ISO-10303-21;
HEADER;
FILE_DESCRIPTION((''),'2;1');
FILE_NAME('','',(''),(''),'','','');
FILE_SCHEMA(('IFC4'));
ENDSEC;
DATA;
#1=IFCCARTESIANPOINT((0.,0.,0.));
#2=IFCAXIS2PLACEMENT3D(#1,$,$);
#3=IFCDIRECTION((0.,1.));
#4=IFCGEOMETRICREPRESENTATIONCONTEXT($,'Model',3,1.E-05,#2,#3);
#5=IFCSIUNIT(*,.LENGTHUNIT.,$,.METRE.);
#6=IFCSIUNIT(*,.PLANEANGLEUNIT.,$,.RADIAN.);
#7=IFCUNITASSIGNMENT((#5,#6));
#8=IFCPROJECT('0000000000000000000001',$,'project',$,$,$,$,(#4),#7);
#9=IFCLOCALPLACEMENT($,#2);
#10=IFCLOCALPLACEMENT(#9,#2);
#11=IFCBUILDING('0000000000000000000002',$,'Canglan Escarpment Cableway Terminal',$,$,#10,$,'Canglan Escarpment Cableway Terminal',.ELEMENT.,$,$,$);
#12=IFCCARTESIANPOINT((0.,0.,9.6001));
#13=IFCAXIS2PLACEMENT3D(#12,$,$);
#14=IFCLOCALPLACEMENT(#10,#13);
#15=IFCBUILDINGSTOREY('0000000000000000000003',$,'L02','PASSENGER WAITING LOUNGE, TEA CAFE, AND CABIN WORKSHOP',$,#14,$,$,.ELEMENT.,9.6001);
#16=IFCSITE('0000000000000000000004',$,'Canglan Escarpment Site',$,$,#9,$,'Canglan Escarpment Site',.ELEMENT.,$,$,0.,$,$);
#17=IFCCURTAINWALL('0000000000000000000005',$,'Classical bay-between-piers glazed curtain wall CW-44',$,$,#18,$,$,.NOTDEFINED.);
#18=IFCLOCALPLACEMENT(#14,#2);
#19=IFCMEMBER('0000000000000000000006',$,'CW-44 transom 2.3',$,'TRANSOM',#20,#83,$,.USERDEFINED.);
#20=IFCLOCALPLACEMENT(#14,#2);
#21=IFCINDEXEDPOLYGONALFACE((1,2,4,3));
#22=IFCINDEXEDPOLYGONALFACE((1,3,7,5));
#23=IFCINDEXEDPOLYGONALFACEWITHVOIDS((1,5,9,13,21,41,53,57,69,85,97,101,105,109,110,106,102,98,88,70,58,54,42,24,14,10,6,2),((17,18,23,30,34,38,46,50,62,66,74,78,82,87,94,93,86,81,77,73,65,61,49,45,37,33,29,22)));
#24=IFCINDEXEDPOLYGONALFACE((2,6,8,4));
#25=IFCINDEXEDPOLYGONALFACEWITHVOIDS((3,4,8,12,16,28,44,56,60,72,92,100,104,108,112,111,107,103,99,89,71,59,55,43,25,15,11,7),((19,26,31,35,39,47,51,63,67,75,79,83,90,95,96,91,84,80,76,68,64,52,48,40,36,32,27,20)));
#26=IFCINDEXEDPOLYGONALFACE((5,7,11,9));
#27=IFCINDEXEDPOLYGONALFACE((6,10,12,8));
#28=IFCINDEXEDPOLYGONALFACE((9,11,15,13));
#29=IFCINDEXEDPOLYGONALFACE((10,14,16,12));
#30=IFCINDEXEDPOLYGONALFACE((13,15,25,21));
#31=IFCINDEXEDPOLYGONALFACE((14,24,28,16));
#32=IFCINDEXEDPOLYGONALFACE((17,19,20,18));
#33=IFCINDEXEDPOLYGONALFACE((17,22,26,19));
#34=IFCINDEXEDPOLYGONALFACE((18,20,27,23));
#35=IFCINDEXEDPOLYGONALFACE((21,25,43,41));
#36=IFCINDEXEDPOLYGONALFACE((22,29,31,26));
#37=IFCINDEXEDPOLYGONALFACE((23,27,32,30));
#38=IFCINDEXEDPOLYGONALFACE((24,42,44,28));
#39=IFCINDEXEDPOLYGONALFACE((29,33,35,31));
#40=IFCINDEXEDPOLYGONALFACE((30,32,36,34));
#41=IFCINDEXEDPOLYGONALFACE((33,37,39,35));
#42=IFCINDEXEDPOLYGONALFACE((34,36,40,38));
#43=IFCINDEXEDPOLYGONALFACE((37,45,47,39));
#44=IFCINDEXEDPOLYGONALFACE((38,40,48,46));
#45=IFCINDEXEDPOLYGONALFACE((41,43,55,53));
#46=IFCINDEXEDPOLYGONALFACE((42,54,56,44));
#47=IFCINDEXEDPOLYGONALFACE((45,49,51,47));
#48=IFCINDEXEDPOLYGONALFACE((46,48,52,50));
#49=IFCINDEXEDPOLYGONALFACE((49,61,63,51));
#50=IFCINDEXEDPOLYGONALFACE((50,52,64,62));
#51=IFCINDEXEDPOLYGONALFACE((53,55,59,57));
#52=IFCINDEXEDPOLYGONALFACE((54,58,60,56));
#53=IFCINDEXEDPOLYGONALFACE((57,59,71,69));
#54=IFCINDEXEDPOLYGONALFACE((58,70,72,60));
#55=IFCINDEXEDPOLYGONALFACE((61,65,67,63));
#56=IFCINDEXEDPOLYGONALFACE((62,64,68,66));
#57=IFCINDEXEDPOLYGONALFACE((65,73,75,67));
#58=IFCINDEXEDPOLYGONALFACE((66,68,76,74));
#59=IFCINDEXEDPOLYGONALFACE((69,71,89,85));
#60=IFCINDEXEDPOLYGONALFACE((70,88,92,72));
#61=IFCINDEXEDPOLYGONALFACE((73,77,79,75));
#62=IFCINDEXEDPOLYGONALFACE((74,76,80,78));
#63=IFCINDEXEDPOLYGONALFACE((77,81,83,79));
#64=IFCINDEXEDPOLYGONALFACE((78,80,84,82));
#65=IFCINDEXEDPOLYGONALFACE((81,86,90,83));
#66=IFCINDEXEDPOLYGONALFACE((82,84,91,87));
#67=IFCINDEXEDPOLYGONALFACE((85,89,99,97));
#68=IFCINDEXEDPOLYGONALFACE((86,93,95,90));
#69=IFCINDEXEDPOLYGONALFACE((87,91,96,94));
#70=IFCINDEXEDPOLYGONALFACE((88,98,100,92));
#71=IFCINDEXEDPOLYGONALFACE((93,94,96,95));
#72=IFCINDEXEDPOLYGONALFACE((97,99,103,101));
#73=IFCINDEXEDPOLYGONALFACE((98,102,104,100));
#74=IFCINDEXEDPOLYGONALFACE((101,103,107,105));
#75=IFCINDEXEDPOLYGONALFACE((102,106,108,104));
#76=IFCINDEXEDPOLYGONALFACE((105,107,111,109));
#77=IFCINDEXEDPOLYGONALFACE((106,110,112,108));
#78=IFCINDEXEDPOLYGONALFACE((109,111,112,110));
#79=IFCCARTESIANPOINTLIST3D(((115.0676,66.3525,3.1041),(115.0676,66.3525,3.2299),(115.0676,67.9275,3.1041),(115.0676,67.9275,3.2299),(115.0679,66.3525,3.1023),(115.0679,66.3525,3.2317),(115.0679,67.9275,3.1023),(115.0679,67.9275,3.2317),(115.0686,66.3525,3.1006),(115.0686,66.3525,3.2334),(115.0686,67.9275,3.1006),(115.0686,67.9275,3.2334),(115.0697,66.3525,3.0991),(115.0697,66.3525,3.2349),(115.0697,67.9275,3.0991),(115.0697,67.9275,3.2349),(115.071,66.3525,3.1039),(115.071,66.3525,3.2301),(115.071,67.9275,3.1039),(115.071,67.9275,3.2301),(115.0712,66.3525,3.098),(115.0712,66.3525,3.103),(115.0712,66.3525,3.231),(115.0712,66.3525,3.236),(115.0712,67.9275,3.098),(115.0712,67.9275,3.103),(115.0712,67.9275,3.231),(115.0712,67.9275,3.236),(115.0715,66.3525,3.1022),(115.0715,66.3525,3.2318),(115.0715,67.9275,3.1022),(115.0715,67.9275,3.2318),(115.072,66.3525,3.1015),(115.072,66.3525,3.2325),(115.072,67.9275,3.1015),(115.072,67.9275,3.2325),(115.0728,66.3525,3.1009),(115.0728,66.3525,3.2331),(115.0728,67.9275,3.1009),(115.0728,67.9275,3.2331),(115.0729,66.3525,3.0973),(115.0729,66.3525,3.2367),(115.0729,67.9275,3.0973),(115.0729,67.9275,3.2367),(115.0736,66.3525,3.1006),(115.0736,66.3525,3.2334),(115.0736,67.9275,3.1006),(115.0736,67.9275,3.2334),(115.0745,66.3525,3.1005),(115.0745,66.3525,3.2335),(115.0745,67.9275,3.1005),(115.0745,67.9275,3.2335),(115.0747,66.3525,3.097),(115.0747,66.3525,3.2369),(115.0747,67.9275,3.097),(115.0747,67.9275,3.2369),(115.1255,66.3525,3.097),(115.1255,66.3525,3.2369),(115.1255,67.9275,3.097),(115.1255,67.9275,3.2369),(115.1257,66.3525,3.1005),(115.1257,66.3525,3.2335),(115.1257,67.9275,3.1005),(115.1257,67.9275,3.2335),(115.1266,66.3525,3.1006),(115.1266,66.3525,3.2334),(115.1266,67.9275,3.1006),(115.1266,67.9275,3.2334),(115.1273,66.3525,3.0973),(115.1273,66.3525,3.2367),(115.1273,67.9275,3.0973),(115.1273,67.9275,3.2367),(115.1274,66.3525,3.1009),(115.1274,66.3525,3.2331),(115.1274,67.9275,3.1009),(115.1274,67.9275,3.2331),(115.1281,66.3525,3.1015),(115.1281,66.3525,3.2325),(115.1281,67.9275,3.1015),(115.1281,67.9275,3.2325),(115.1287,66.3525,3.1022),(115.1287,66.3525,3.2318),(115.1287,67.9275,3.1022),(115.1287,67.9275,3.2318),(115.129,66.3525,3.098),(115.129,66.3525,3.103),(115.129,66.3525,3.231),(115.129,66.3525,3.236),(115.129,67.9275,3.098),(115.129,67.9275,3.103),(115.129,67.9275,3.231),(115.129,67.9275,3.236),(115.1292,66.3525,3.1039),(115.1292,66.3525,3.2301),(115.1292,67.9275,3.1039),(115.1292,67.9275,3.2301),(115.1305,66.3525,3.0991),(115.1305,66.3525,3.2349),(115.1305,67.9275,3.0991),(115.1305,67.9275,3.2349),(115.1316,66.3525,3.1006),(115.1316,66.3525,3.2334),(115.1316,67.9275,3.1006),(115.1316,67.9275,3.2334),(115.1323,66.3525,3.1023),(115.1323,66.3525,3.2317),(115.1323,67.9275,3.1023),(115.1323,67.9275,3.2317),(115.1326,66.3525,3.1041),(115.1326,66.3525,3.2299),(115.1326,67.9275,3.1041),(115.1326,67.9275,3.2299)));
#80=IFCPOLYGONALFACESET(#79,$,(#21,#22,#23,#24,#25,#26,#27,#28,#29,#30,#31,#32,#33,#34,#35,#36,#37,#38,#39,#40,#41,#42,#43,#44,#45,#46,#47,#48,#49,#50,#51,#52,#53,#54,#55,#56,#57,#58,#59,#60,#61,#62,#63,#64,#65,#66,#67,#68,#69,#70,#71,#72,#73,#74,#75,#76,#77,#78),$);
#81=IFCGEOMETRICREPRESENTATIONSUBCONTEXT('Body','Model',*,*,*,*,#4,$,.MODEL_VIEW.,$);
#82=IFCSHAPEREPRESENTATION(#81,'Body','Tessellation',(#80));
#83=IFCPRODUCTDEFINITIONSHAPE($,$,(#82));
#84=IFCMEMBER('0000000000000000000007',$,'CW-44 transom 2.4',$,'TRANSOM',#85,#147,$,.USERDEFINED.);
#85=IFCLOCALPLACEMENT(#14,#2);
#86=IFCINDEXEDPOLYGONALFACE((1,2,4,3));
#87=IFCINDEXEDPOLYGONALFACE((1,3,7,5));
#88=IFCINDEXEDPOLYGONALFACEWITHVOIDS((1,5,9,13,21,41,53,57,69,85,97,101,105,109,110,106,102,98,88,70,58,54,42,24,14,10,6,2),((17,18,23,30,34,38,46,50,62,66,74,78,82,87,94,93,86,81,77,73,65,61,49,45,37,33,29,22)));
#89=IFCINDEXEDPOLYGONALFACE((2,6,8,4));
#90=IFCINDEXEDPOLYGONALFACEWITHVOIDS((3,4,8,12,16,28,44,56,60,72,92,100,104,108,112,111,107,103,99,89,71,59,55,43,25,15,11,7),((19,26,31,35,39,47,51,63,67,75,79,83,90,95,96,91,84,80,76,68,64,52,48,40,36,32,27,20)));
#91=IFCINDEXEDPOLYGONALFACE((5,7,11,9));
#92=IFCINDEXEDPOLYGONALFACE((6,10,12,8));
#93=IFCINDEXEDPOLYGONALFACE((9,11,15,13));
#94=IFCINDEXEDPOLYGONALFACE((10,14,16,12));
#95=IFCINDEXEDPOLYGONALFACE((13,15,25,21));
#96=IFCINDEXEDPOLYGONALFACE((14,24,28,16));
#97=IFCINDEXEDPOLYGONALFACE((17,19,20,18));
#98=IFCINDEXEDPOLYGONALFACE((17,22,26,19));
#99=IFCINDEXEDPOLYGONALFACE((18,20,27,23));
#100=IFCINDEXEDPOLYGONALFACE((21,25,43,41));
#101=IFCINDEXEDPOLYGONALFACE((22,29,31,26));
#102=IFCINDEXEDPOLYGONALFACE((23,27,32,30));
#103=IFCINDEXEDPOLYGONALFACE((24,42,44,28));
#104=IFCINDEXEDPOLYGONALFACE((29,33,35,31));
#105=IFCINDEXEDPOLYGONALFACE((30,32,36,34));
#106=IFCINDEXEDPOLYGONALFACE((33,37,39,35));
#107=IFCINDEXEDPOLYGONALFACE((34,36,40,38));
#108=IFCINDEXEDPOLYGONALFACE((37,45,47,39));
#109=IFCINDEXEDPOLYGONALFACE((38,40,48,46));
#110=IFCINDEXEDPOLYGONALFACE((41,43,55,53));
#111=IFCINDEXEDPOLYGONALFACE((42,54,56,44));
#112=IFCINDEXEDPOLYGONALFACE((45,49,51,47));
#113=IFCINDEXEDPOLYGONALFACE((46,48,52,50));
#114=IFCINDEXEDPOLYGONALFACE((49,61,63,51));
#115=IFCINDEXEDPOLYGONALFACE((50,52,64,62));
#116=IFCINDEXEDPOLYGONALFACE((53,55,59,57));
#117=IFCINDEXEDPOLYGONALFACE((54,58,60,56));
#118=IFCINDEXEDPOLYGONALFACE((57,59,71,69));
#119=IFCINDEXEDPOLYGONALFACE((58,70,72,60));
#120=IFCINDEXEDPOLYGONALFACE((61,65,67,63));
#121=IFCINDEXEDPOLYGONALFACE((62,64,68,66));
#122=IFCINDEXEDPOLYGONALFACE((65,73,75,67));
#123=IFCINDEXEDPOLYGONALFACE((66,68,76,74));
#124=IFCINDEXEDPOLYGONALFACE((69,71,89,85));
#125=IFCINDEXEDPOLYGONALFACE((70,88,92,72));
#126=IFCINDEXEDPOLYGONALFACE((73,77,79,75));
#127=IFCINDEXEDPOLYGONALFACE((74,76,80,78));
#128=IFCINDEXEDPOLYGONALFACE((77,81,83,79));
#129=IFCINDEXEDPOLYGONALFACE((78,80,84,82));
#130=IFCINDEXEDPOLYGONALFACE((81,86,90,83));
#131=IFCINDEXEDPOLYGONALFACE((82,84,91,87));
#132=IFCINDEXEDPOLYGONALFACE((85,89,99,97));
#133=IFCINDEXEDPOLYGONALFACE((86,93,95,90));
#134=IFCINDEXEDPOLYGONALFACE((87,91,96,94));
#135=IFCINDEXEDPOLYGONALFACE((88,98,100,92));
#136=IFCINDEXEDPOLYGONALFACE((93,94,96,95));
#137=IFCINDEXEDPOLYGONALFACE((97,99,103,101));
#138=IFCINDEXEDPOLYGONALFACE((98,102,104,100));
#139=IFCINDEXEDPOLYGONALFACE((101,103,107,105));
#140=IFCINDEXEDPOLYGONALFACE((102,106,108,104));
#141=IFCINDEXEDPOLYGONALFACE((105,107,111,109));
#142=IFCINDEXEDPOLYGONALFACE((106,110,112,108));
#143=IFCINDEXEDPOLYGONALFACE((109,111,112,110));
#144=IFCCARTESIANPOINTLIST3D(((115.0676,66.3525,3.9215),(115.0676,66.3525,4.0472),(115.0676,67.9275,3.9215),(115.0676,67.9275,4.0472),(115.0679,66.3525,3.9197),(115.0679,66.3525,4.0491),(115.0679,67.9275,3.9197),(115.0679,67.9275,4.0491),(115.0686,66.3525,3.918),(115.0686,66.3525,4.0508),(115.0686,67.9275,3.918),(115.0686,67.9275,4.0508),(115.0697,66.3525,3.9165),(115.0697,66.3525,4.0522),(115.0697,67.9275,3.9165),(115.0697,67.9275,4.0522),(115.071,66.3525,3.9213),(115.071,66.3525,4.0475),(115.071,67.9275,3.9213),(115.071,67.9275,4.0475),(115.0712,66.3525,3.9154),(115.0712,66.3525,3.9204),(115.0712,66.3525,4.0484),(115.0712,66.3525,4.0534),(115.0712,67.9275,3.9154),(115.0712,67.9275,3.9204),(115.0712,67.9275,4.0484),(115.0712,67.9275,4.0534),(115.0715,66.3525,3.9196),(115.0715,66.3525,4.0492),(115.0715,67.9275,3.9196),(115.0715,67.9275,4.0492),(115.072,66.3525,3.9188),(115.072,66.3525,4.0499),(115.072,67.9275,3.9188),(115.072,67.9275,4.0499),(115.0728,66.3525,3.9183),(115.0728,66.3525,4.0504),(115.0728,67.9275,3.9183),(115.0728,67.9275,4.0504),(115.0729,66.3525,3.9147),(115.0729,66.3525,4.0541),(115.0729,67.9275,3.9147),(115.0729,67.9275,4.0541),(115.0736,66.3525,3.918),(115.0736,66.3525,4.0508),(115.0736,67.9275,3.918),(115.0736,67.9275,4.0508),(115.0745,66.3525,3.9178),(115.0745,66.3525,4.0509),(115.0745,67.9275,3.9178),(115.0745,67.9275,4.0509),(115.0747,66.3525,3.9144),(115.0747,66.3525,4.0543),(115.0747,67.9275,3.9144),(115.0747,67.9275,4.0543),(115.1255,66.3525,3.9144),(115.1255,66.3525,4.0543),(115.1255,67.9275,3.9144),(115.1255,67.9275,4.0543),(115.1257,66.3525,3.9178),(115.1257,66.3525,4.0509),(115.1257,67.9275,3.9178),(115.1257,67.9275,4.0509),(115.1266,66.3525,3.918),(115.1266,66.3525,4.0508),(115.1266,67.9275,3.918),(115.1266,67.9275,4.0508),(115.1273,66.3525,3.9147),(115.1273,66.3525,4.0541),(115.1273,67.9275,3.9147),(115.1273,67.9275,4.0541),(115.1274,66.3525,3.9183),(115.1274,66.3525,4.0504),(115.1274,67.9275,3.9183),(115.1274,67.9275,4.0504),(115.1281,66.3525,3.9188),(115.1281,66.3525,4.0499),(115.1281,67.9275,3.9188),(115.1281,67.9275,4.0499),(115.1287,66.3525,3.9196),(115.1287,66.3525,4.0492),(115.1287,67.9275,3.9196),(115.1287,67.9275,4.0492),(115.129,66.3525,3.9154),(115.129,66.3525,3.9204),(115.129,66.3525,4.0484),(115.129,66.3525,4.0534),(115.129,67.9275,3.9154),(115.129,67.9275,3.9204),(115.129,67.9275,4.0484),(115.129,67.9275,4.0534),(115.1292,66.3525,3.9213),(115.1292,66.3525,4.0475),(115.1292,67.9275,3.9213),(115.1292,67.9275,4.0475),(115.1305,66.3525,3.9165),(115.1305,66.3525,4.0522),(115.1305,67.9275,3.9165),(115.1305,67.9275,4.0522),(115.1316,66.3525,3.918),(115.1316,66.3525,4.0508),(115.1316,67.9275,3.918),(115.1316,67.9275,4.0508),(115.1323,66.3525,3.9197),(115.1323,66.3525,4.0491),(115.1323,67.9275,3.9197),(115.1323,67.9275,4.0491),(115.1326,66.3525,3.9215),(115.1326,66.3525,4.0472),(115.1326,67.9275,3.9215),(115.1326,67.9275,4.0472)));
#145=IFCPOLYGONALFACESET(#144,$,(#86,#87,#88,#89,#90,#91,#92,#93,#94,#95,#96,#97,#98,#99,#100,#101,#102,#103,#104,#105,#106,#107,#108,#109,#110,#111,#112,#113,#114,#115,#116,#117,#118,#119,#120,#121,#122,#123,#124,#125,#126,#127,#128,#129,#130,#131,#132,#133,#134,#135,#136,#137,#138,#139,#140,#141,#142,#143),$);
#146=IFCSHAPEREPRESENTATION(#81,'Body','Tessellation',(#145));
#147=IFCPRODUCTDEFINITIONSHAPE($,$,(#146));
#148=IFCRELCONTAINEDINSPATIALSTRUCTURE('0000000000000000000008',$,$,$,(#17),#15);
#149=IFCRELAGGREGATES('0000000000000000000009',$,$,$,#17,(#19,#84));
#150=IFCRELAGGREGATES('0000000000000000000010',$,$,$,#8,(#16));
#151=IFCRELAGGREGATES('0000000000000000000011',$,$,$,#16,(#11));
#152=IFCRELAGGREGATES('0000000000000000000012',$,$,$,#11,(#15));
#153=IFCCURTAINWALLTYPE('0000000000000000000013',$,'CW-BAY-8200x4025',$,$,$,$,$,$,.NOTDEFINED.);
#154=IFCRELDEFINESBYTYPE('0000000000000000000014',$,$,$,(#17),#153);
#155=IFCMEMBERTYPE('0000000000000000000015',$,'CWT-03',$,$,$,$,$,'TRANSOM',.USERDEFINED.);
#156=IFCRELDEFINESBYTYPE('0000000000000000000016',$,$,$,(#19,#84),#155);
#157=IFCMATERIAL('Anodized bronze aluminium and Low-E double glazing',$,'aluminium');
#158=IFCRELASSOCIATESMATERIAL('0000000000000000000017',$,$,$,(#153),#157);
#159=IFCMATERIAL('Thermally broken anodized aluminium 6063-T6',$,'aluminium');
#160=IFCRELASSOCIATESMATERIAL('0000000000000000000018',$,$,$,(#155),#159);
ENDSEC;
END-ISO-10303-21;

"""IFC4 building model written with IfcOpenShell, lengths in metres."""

from ifc_helpers import new_model, si_unit, direction, frame, origin, origin_2d, place, context, subcontext, project, spatial, hollow_rectangle, extrude, material, material_profile, profile_set, type_object, element, aggregate, save


model = new_model("IFC4")

# Units and contexts
model_context = context("Model", 3, precision=1e-05, world=origin(), true_north=direction((0.0, 1.0)))
body_context = subcontext(model_context, "Body", "Model", "MODEL_VIEW")
ifc_project = project(units=[si_unit("LENGTHUNIT", "METRE"), si_unit("PLANEANGLEUNIT", "RADIAN")], contexts=[model_context])

# Site, building, storey
site_placement = place(None, origin())
site = spatial("IfcSite", under=ifc_project, at=site_placement, Name="Canglan Escarpment Site", LongName="Canglan Escarpment Site", CompositionType="ELEMENT", RefElevation=0.0)
building_placement = place(site_placement, origin())
building = spatial("IfcBuilding", under=site, at=building_placement, Name="Canglan Escarpment Cableway Terminal", LongName="Canglan Escarpment Cableway Terminal", CompositionType="ELEMENT")
storey_placement = place(building_placement, frame((0.0, 0.0, 9.6001)))
storey = spatial("IfcBuildingStorey", under=building, at=storey_placement, Name="L02", Description="PASSENGER WAITING LOUNGE, TEA CAFE, AND CABIN WORKSHOP", CompositionType="ELEMENT", Elevation=9.6001)

# Curtain wall, members
ifc_material_1 = material(Name="Anodized bronze aluminium and Low-E double glazing", Category="aluminium")
curtain_wall_type = type_object("IfcCurtainWallType", Name="CW-BAY-8200x4025", PredefinedType="NOTDEFINED", material=ifc_material_1)
curtain_wall_placement = place(storey_placement, origin())
curtain_wall = element("IfcCurtainWall", 1, at=curtain_wall_placement, inside=storey, type_object=curtain_wall_type, Name="Classical bay-between-piers glazed curtain wall CW-44", PredefinedType="NOTDEFINED")
ifc_material_2 = material(Name="Thermally broken anodized aluminium 6063-T6", Category="aluminium")
ifc_material_profile_1 = material_profile(ifc_material_2, hollow_rectangle(XDim=0.0649, YDim=0.1399, WallThickness=0.0034, InnerFilletRadius=0.0034, OuterFilletRadius=0.0071, at=origin_2d()), Name="ALU-TRAN 65x140x3.5")
ifc_profile_set_1 = profile_set([ifc_material_profile_1], Name="Thermally broken anodized aluminium 6063-T6")
member_type_1 = type_object("IfcMemberType", Name="CWT-03", ElementType="TRANSOM", PredefinedType="USERDEFINED", material=ifc_profile_set_1)
member_1_placement = place(storey_placement, frame((115.1001, 67.9275, 3.167), z_axis=(0.0, -1.0, 0.0), x_axis=(1.0, 0.0, 0.0)))
member_1 = element("IfcMember", 2, at=member_1_placement, type_object=member_type_1, Name="CW-44 transom 2.3", ObjectType="TRANSOM", PredefinedType="USERDEFINED", context=body_context, shape_type="SweptSolid", body=[
    extrude(hollow_rectangle(XDim=0.0649, YDim=0.1399, WallThickness=0.0034, InnerFilletRadius=0.0034, OuterFilletRadius=0.0071, at=origin_2d()), origin(), (0.0, 0.0, 1.0), 1.575),
])
member_2_placement = place(storey_placement, frame((115.1001, 67.9275, 3.9844), z_axis=(0.0, -1.0, 0.0), x_axis=(1.0, 0.0, 0.0)))
member_2 = element("IfcMember", 3, at=member_2_placement, type_object=member_type_1, Name="CW-44 transom 2.4", ObjectType="TRANSOM", PredefinedType="USERDEFINED", context=body_context, shape_type="SweptSolid", body=[
    extrude(hollow_rectangle(XDim=0.0649, YDim=0.1399, WallThickness=0.0034, InnerFilletRadius=0.0034, OuterFilletRadius=0.0071, at=origin_2d()), origin(), (0.0, 0.0, 1.0), 1.575),
])

aggregate(curtain_wall, [member_1, member_2])

save(model, "model.ifc")
